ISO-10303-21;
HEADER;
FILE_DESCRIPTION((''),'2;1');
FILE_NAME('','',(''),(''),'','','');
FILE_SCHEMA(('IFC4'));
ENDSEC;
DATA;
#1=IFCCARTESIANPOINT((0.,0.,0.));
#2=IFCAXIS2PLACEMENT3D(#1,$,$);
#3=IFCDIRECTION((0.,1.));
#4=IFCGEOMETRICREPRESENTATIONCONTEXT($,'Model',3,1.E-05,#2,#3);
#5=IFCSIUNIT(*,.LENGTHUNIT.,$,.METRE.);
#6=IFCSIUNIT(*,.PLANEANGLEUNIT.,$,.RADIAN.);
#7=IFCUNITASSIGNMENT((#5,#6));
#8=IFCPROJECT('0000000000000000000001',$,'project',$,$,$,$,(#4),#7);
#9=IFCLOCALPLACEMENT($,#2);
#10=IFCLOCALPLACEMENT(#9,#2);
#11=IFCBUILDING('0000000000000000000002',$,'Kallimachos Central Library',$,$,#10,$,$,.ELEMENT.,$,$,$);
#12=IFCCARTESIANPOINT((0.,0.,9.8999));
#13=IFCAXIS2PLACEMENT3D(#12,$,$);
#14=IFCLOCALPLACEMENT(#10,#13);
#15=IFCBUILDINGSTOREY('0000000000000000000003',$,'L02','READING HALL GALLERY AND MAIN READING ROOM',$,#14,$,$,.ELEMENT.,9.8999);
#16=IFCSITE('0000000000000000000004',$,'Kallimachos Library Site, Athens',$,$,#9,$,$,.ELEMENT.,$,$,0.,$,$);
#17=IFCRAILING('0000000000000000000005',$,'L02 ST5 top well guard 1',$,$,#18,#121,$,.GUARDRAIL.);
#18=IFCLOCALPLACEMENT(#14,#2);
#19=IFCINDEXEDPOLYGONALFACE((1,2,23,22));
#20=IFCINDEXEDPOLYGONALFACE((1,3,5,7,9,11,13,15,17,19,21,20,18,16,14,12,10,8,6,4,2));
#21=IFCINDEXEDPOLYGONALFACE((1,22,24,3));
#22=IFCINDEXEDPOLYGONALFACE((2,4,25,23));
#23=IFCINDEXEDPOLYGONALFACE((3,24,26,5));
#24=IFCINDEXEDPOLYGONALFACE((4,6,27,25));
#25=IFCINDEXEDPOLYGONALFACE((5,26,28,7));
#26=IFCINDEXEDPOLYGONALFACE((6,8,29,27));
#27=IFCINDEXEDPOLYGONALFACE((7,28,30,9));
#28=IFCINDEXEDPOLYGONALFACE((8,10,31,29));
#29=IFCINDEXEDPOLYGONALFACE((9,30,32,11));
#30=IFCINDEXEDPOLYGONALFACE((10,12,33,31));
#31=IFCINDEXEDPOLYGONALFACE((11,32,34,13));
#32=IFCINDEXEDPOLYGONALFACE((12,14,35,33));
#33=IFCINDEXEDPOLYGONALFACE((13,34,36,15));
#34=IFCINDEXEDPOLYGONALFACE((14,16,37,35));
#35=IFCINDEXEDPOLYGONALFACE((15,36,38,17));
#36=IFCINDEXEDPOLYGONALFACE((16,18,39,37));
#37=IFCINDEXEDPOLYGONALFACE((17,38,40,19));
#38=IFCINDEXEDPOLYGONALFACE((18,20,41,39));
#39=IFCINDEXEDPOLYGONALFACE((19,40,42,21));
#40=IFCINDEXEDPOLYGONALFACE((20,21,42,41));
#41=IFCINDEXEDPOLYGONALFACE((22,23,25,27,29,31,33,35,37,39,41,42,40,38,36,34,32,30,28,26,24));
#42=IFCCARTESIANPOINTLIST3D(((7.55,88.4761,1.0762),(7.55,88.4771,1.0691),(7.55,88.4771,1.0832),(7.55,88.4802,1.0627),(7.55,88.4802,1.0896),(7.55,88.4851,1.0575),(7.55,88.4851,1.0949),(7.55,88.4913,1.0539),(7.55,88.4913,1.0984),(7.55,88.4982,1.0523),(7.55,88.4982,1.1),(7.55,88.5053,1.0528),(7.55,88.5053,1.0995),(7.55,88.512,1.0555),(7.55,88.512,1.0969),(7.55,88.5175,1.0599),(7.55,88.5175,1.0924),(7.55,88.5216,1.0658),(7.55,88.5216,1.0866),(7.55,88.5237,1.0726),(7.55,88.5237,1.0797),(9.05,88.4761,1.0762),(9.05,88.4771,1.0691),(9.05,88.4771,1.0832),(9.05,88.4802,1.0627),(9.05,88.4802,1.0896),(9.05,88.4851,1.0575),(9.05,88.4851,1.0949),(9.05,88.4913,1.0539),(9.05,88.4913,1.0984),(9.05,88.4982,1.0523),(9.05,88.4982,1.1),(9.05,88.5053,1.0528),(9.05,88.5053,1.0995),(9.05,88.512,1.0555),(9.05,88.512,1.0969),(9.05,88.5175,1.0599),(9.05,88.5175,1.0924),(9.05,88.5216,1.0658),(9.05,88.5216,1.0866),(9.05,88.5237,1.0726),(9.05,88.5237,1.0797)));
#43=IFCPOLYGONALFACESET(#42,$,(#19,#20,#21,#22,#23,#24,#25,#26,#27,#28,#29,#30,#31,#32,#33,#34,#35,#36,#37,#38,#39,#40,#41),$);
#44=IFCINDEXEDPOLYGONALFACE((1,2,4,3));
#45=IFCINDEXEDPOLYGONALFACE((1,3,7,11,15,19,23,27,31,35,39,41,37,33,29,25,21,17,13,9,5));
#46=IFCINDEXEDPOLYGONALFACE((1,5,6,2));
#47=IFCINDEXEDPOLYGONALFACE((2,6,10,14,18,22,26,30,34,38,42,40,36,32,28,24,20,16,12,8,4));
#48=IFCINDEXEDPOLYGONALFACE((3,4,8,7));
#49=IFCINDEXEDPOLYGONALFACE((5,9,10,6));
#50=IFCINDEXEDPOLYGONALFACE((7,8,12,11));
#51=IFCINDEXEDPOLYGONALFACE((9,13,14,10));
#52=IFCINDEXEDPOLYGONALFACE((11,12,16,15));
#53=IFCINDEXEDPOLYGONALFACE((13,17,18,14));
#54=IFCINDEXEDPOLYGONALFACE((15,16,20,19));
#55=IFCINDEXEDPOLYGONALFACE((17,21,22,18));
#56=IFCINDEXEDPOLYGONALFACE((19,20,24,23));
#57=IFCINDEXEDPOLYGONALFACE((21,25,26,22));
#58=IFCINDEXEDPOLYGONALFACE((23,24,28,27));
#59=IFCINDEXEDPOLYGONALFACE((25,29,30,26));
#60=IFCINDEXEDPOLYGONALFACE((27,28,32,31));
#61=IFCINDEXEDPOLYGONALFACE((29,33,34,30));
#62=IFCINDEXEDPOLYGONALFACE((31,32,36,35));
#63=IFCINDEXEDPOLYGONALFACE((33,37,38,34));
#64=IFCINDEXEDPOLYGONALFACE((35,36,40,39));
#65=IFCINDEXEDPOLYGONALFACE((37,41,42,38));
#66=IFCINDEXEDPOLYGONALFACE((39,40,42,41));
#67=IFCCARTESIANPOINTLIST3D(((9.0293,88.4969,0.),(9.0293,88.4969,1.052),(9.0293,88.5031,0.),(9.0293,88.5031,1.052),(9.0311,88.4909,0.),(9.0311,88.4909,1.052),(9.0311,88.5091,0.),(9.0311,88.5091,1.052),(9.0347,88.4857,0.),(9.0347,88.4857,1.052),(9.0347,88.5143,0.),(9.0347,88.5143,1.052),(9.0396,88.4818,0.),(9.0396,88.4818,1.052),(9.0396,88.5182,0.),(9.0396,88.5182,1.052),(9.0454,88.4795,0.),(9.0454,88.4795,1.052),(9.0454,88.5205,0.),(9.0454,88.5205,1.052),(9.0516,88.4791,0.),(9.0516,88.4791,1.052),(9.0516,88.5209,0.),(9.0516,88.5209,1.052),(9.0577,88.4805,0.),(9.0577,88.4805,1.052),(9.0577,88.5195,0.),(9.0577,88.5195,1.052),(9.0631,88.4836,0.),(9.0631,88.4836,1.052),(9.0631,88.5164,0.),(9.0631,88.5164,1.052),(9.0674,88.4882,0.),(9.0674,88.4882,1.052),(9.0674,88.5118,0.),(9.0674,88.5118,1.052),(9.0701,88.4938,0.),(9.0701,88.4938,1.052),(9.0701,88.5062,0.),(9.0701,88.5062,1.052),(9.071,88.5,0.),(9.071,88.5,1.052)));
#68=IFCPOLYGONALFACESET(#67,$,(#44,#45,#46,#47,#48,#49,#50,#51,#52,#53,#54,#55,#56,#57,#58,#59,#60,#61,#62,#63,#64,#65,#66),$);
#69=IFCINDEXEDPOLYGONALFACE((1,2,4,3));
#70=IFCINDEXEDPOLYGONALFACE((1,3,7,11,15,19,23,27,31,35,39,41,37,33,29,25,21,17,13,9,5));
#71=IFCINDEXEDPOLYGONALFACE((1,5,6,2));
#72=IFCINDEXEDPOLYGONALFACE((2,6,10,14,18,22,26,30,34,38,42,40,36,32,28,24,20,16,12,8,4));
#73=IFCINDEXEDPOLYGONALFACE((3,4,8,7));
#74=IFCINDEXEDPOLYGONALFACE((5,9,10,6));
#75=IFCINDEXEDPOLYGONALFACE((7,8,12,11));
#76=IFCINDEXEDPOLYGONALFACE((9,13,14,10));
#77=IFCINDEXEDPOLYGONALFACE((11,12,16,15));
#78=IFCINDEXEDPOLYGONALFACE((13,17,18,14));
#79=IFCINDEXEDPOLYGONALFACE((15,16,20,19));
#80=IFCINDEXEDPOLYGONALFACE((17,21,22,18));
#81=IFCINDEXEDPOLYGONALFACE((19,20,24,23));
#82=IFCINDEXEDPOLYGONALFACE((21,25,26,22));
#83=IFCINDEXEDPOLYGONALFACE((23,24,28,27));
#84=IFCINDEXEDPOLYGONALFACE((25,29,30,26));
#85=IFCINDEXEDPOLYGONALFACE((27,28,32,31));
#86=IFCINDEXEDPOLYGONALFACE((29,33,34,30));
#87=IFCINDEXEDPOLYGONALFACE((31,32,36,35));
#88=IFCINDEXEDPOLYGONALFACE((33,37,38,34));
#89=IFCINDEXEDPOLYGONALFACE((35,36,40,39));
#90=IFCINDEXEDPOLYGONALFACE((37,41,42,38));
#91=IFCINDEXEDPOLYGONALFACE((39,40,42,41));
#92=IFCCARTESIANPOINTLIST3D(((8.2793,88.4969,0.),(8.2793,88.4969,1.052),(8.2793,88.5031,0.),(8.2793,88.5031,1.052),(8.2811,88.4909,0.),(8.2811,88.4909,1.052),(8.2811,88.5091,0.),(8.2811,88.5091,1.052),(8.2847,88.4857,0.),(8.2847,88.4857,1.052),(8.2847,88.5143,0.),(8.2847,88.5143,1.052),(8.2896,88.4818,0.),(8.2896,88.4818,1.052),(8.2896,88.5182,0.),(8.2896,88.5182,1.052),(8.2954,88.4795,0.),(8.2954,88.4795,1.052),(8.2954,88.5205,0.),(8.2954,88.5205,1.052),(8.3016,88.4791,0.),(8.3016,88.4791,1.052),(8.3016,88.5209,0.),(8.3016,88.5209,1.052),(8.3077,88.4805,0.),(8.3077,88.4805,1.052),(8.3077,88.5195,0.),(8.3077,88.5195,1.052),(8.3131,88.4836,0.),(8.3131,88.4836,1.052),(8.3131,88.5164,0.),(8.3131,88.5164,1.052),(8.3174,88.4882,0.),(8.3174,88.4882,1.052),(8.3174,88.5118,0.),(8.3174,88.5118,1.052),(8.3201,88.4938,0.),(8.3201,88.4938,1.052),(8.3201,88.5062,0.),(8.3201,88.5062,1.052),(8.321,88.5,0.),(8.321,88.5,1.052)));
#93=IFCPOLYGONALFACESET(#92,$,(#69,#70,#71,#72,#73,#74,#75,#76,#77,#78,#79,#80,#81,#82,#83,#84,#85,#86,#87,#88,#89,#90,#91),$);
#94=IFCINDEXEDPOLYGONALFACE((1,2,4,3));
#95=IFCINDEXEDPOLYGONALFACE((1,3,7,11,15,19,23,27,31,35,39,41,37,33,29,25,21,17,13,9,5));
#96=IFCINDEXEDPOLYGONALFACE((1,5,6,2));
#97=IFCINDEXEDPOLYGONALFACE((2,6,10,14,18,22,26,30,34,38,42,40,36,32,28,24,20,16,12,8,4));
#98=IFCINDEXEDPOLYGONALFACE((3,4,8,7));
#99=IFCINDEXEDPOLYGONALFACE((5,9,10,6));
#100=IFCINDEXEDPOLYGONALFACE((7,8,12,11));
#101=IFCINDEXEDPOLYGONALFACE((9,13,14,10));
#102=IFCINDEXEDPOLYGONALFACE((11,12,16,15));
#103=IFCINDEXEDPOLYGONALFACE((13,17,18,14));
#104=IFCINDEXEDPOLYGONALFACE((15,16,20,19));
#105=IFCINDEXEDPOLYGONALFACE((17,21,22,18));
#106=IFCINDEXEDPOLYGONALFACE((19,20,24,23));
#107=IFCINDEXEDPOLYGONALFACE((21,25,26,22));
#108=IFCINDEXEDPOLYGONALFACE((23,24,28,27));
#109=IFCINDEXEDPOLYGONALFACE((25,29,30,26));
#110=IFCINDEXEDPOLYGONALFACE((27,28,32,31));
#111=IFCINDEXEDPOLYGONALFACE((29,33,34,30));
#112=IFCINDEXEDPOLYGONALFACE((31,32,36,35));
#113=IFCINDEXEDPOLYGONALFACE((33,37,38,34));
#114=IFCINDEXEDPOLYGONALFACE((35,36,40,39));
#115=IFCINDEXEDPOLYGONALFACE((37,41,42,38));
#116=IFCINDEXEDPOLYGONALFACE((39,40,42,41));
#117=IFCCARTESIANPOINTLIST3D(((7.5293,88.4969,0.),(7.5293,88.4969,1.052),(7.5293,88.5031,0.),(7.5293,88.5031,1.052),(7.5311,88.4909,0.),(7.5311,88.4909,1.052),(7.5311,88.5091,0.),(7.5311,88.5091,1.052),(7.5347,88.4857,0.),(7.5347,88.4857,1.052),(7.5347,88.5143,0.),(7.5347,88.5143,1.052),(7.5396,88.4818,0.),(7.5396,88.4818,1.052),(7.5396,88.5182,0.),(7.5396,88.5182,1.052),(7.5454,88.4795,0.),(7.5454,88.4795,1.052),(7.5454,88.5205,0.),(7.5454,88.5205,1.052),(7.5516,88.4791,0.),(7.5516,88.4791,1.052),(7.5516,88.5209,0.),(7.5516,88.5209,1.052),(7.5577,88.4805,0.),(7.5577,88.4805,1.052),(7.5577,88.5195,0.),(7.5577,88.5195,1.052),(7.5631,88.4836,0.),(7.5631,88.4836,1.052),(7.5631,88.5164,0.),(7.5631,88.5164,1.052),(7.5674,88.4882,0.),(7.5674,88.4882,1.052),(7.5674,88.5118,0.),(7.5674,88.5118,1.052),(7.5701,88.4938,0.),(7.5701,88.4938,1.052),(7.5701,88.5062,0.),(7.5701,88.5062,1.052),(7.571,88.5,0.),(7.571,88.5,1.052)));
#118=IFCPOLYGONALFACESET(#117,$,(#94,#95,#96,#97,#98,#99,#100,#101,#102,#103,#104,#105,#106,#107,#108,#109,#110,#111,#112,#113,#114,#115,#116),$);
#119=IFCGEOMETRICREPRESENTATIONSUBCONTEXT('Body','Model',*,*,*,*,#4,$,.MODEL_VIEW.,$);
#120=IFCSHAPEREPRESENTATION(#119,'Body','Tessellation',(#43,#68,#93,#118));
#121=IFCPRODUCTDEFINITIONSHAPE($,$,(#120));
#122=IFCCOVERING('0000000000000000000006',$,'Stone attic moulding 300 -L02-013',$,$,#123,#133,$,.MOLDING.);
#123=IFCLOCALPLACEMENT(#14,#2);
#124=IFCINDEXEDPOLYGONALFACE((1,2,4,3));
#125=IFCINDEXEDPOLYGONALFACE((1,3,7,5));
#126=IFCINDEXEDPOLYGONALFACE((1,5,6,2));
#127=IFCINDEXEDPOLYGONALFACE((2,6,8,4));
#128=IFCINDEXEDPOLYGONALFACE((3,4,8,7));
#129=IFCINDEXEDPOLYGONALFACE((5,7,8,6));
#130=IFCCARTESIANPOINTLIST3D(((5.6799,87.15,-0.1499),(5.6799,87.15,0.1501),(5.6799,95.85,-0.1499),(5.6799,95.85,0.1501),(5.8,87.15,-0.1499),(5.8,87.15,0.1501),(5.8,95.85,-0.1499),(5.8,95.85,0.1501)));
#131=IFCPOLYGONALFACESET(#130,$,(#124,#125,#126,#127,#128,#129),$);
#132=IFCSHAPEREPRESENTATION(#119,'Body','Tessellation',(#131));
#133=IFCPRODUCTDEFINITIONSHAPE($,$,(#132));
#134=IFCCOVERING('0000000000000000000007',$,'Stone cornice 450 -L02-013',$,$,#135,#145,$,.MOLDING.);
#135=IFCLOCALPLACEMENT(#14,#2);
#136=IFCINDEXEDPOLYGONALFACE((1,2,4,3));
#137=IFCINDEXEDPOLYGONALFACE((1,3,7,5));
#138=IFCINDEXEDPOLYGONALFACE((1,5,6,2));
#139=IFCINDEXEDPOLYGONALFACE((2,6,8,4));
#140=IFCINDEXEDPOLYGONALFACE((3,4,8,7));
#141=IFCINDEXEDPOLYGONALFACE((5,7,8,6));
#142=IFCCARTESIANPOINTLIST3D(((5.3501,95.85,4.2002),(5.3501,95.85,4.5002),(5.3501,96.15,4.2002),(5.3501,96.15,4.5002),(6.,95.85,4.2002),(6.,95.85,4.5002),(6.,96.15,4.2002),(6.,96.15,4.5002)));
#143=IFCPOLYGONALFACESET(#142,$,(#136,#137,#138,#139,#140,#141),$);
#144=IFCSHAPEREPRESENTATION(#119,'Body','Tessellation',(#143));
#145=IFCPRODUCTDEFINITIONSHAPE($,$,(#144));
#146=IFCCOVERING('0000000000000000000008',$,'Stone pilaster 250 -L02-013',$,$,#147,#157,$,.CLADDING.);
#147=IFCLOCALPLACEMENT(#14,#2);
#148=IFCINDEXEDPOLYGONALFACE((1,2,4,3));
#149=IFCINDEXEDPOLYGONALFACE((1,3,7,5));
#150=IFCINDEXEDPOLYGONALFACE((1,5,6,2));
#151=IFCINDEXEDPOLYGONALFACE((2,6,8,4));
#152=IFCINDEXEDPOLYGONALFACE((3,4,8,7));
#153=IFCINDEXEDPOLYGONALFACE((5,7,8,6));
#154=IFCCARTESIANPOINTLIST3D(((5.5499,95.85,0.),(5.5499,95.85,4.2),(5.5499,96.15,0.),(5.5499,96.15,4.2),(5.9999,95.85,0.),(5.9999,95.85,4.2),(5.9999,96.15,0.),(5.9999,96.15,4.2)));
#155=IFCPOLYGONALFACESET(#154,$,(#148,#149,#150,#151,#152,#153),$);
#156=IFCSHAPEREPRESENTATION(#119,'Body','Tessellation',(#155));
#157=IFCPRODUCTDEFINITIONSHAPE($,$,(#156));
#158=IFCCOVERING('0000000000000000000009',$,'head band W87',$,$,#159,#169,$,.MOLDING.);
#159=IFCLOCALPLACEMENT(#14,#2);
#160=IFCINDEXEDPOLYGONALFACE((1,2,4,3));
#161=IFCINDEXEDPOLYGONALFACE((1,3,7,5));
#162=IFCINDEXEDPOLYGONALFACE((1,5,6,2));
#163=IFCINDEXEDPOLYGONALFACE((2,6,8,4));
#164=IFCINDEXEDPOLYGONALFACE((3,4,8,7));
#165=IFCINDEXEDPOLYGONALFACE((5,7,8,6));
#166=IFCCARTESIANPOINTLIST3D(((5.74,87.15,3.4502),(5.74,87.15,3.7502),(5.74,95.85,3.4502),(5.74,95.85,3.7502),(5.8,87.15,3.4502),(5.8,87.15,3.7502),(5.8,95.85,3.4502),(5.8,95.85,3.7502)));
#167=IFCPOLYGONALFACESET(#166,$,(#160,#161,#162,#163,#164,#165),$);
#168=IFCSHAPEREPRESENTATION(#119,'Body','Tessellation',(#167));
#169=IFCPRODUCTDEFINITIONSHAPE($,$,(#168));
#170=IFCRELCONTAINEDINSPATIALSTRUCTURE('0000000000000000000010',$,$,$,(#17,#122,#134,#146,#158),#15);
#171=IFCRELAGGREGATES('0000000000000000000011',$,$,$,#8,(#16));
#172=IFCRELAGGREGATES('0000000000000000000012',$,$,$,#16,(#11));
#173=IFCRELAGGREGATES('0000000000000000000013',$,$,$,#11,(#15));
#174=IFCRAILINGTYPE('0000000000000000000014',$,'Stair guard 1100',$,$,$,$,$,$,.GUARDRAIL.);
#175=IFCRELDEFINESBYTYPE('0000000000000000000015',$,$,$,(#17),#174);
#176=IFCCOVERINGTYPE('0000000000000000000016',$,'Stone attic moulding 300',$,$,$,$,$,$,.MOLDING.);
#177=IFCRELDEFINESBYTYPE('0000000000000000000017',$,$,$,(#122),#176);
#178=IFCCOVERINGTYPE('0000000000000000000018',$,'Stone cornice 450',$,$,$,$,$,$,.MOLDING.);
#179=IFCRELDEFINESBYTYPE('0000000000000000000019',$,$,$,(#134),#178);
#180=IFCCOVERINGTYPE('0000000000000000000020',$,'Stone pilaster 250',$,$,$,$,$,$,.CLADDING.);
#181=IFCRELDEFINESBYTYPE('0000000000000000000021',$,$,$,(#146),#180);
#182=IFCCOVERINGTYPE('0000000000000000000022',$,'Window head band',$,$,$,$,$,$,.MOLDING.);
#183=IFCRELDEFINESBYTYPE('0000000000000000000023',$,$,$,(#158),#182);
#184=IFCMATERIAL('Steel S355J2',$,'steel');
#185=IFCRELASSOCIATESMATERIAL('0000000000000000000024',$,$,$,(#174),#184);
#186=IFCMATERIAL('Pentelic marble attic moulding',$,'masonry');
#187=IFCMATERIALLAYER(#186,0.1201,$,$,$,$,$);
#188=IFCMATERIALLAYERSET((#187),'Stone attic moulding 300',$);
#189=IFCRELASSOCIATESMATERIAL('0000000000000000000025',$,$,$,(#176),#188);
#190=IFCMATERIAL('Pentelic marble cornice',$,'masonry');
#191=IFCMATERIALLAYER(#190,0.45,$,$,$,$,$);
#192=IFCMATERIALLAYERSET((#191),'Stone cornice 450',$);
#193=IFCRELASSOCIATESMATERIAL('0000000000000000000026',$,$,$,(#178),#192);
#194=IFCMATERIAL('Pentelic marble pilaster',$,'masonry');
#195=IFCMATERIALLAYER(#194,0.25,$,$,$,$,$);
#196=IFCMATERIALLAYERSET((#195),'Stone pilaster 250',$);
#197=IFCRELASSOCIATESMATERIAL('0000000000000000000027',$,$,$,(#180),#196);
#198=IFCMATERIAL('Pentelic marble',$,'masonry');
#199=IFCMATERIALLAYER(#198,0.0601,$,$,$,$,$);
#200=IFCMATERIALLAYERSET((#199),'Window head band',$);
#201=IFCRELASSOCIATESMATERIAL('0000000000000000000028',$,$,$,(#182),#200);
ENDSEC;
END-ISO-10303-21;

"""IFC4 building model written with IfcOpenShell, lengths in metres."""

from ifc_helpers import new_model, si_unit, direction, frame, origin, origin_2d, place, context, subcontext, project, spatial, rectangle, circle, extrude, material, layer, layer_set, type_object, element, save


model = new_model("IFC4")

# Units and contexts
model_context = context("Model", 3, precision=1e-05, world=origin(), true_north=direction((0.0, 1.0)))
body_context = subcontext(model_context, "Body", "Model", "MODEL_VIEW")
ifc_project = project(units=[si_unit("LENGTHUNIT", "METRE"), si_unit("PLANEANGLEUNIT", "RADIAN")], contexts=[model_context])

# Site, building, storey
site_placement = place(None, origin())
site = spatial("IfcSite", under=ifc_project, at=site_placement, Name="Kallimachos Library Site, Athens", CompositionType="ELEMENT", RefElevation=0.0)
building_placement = place(site_placement, origin())
building = spatial("IfcBuilding", under=site, at=building_placement, Name="Kallimachos Central Library", CompositionType="ELEMENT")
storey_placement = place(building_placement, frame((0.0, 0.0, 9.8999)))
storey = spatial("IfcBuildingStorey", under=building, at=storey_placement, Name="L02", Description="READING HALL GALLERY AND MAIN READING ROOM", CompositionType="ELEMENT", Elevation=9.8999)

# Railing
ifc_material_1 = material(Name="Steel S355J2", Category="steel")
railing_type = type_object("IfcRailingType", Name="Stair guard 1100", PredefinedType="GUARDRAIL", material=ifc_material_1)
railing_placement = place(storey_placement, frame((9.05, 88.5, 0.0)))
element("IfcRailing", 1, at=railing_placement, inside=storey, type_object=railing_type, Name="L02 ST5 top well guard 1", PredefinedType="GUARDRAIL", context=body_context, shape_type="SweptSolid", body=[
    extrude(circle(Radius=0.0239, at=origin_2d()), frame((0.0, 0.0, 1.0762), z_axis=(-1.0, 0.0, 0.0), x_axis=(0.0, -1.0, 0.0)), (0.0, 0.0, 1.0), 1.5),
    extrude(circle(Radius=0.021, at=origin_2d()), origin(), (0.0, 0.0, 1.0), 1.052),
    extrude(circle(Radius=0.021, at=origin_2d()), frame((-0.75, 0.0, 0.0)), (0.0, 0.0, 1.0), 1.052),
    extrude(circle(Radius=0.021, at=origin_2d()), frame((-1.5, 0.0, 0.0)), (0.0, 0.0, 1.0), 1.052),
])

# Coverings
ifc_material_2 = material(Name="Pentelic marble attic moulding", Category="masonry")
ifc_layer_1 = layer(ifc_material_2, 0.1201)
ifc_layer_set_1 = layer_set([ifc_layer_1], Name="Stone attic moulding 300")
covering_type_1 = type_object("IfcCoveringType", Name="Stone attic moulding 300", PredefinedType="MOLDING", material=ifc_layer_set_1)
covering_1_placement = place(storey_placement, frame((5.74, 91.5, -0.1499), z_axis=(0.0, 0.0, 1.0), x_axis=(1.0, 0.0, 0.0)))
element("IfcCovering", 2, at=covering_1_placement, inside=storey, type_object=covering_type_1, Name="Stone attic moulding 300 -L02-013", PredefinedType="MOLDING", context=body_context, shape_type="SweptSolid", body=[
    extrude(rectangle(XDim=0.1201, YDim=8.7, at=origin_2d()), origin(), (0.0, 0.0, 1.0), 0.3),
])
ifc_material_3 = material(Name="Pentelic marble cornice", Category="masonry")
ifc_layer_2 = layer(ifc_material_3, 0.45)
ifc_layer_set_2 = layer_set([ifc_layer_2], Name="Stone cornice 450")
covering_type_2 = type_object("IfcCoveringType", Name="Stone cornice 450", PredefinedType="MOLDING", material=ifc_layer_set_2)
covering_2_placement = place(storey_placement, frame((5.675, 96.0, 4.2002), z_axis=(0.0, 0.0, 1.0), x_axis=(1.0, 0.0, 0.0)))
element("IfcCovering", 3, at=covering_2_placement, inside=storey, type_object=covering_type_2, Name="Stone cornice 450 -L02-013", PredefinedType="MOLDING", context=body_context, shape_type="SweptSolid", body=[
    extrude(rectangle(XDim=0.6499, YDim=0.3, at=origin_2d()), origin(), (0.0, 0.0, 1.0), 0.3),
])
ifc_material_4 = material(Name="Pentelic marble pilaster", Category="masonry")
ifc_layer_3 = layer(ifc_material_4, 0.25)
ifc_layer_set_3 = layer_set([ifc_layer_3], Name="Stone pilaster 250")
covering_type_3 = type_object("IfcCoveringType", Name="Stone pilaster 250", PredefinedType="CLADDING", material=ifc_layer_set_3)
covering_3_placement = place(storey_placement, frame((5.7749, 96.0, 0.0), z_axis=(0.0, 0.0, 1.0), x_axis=(1.0, 0.0, 0.0)))
element("IfcCovering", 4, at=covering_3_placement, inside=storey, type_object=covering_type_3, Name="Stone pilaster 250 -L02-013", PredefinedType="CLADDING", context=body_context, shape_type="SweptSolid", body=[
    extrude(rectangle(XDim=0.45, YDim=0.3, at=origin_2d()), origin(), (0.0, 0.0, 1.0), 4.2),
])
ifc_material_5 = material(Name="Pentelic marble", Category="masonry")
ifc_layer_4 = layer(ifc_material_5, 0.0601)
ifc_layer_set_4 = layer_set([ifc_layer_4], Name="Window head band")
covering_type_4 = type_object("IfcCoveringType", Name="Window head band", PredefinedType="MOLDING", material=ifc_layer_set_4)
covering_4_placement = place(storey_placement, frame((5.77, 91.5, 3.4502), z_axis=(0.0, 0.0, 1.0), x_axis=(1.0, 0.0, 0.0)))
element("IfcCovering", 5, at=covering_4_placement, inside=storey, type_object=covering_type_4, Name="head band W87", PredefinedType="MOLDING", context=body_context, shape_type="SweptSolid", body=[
    extrude(rectangle(XDim=0.0601, YDim=8.7, at=origin_2d()), origin(), (0.0, 0.0, 1.0), 0.3),
])

save(model, "model.ifc")
